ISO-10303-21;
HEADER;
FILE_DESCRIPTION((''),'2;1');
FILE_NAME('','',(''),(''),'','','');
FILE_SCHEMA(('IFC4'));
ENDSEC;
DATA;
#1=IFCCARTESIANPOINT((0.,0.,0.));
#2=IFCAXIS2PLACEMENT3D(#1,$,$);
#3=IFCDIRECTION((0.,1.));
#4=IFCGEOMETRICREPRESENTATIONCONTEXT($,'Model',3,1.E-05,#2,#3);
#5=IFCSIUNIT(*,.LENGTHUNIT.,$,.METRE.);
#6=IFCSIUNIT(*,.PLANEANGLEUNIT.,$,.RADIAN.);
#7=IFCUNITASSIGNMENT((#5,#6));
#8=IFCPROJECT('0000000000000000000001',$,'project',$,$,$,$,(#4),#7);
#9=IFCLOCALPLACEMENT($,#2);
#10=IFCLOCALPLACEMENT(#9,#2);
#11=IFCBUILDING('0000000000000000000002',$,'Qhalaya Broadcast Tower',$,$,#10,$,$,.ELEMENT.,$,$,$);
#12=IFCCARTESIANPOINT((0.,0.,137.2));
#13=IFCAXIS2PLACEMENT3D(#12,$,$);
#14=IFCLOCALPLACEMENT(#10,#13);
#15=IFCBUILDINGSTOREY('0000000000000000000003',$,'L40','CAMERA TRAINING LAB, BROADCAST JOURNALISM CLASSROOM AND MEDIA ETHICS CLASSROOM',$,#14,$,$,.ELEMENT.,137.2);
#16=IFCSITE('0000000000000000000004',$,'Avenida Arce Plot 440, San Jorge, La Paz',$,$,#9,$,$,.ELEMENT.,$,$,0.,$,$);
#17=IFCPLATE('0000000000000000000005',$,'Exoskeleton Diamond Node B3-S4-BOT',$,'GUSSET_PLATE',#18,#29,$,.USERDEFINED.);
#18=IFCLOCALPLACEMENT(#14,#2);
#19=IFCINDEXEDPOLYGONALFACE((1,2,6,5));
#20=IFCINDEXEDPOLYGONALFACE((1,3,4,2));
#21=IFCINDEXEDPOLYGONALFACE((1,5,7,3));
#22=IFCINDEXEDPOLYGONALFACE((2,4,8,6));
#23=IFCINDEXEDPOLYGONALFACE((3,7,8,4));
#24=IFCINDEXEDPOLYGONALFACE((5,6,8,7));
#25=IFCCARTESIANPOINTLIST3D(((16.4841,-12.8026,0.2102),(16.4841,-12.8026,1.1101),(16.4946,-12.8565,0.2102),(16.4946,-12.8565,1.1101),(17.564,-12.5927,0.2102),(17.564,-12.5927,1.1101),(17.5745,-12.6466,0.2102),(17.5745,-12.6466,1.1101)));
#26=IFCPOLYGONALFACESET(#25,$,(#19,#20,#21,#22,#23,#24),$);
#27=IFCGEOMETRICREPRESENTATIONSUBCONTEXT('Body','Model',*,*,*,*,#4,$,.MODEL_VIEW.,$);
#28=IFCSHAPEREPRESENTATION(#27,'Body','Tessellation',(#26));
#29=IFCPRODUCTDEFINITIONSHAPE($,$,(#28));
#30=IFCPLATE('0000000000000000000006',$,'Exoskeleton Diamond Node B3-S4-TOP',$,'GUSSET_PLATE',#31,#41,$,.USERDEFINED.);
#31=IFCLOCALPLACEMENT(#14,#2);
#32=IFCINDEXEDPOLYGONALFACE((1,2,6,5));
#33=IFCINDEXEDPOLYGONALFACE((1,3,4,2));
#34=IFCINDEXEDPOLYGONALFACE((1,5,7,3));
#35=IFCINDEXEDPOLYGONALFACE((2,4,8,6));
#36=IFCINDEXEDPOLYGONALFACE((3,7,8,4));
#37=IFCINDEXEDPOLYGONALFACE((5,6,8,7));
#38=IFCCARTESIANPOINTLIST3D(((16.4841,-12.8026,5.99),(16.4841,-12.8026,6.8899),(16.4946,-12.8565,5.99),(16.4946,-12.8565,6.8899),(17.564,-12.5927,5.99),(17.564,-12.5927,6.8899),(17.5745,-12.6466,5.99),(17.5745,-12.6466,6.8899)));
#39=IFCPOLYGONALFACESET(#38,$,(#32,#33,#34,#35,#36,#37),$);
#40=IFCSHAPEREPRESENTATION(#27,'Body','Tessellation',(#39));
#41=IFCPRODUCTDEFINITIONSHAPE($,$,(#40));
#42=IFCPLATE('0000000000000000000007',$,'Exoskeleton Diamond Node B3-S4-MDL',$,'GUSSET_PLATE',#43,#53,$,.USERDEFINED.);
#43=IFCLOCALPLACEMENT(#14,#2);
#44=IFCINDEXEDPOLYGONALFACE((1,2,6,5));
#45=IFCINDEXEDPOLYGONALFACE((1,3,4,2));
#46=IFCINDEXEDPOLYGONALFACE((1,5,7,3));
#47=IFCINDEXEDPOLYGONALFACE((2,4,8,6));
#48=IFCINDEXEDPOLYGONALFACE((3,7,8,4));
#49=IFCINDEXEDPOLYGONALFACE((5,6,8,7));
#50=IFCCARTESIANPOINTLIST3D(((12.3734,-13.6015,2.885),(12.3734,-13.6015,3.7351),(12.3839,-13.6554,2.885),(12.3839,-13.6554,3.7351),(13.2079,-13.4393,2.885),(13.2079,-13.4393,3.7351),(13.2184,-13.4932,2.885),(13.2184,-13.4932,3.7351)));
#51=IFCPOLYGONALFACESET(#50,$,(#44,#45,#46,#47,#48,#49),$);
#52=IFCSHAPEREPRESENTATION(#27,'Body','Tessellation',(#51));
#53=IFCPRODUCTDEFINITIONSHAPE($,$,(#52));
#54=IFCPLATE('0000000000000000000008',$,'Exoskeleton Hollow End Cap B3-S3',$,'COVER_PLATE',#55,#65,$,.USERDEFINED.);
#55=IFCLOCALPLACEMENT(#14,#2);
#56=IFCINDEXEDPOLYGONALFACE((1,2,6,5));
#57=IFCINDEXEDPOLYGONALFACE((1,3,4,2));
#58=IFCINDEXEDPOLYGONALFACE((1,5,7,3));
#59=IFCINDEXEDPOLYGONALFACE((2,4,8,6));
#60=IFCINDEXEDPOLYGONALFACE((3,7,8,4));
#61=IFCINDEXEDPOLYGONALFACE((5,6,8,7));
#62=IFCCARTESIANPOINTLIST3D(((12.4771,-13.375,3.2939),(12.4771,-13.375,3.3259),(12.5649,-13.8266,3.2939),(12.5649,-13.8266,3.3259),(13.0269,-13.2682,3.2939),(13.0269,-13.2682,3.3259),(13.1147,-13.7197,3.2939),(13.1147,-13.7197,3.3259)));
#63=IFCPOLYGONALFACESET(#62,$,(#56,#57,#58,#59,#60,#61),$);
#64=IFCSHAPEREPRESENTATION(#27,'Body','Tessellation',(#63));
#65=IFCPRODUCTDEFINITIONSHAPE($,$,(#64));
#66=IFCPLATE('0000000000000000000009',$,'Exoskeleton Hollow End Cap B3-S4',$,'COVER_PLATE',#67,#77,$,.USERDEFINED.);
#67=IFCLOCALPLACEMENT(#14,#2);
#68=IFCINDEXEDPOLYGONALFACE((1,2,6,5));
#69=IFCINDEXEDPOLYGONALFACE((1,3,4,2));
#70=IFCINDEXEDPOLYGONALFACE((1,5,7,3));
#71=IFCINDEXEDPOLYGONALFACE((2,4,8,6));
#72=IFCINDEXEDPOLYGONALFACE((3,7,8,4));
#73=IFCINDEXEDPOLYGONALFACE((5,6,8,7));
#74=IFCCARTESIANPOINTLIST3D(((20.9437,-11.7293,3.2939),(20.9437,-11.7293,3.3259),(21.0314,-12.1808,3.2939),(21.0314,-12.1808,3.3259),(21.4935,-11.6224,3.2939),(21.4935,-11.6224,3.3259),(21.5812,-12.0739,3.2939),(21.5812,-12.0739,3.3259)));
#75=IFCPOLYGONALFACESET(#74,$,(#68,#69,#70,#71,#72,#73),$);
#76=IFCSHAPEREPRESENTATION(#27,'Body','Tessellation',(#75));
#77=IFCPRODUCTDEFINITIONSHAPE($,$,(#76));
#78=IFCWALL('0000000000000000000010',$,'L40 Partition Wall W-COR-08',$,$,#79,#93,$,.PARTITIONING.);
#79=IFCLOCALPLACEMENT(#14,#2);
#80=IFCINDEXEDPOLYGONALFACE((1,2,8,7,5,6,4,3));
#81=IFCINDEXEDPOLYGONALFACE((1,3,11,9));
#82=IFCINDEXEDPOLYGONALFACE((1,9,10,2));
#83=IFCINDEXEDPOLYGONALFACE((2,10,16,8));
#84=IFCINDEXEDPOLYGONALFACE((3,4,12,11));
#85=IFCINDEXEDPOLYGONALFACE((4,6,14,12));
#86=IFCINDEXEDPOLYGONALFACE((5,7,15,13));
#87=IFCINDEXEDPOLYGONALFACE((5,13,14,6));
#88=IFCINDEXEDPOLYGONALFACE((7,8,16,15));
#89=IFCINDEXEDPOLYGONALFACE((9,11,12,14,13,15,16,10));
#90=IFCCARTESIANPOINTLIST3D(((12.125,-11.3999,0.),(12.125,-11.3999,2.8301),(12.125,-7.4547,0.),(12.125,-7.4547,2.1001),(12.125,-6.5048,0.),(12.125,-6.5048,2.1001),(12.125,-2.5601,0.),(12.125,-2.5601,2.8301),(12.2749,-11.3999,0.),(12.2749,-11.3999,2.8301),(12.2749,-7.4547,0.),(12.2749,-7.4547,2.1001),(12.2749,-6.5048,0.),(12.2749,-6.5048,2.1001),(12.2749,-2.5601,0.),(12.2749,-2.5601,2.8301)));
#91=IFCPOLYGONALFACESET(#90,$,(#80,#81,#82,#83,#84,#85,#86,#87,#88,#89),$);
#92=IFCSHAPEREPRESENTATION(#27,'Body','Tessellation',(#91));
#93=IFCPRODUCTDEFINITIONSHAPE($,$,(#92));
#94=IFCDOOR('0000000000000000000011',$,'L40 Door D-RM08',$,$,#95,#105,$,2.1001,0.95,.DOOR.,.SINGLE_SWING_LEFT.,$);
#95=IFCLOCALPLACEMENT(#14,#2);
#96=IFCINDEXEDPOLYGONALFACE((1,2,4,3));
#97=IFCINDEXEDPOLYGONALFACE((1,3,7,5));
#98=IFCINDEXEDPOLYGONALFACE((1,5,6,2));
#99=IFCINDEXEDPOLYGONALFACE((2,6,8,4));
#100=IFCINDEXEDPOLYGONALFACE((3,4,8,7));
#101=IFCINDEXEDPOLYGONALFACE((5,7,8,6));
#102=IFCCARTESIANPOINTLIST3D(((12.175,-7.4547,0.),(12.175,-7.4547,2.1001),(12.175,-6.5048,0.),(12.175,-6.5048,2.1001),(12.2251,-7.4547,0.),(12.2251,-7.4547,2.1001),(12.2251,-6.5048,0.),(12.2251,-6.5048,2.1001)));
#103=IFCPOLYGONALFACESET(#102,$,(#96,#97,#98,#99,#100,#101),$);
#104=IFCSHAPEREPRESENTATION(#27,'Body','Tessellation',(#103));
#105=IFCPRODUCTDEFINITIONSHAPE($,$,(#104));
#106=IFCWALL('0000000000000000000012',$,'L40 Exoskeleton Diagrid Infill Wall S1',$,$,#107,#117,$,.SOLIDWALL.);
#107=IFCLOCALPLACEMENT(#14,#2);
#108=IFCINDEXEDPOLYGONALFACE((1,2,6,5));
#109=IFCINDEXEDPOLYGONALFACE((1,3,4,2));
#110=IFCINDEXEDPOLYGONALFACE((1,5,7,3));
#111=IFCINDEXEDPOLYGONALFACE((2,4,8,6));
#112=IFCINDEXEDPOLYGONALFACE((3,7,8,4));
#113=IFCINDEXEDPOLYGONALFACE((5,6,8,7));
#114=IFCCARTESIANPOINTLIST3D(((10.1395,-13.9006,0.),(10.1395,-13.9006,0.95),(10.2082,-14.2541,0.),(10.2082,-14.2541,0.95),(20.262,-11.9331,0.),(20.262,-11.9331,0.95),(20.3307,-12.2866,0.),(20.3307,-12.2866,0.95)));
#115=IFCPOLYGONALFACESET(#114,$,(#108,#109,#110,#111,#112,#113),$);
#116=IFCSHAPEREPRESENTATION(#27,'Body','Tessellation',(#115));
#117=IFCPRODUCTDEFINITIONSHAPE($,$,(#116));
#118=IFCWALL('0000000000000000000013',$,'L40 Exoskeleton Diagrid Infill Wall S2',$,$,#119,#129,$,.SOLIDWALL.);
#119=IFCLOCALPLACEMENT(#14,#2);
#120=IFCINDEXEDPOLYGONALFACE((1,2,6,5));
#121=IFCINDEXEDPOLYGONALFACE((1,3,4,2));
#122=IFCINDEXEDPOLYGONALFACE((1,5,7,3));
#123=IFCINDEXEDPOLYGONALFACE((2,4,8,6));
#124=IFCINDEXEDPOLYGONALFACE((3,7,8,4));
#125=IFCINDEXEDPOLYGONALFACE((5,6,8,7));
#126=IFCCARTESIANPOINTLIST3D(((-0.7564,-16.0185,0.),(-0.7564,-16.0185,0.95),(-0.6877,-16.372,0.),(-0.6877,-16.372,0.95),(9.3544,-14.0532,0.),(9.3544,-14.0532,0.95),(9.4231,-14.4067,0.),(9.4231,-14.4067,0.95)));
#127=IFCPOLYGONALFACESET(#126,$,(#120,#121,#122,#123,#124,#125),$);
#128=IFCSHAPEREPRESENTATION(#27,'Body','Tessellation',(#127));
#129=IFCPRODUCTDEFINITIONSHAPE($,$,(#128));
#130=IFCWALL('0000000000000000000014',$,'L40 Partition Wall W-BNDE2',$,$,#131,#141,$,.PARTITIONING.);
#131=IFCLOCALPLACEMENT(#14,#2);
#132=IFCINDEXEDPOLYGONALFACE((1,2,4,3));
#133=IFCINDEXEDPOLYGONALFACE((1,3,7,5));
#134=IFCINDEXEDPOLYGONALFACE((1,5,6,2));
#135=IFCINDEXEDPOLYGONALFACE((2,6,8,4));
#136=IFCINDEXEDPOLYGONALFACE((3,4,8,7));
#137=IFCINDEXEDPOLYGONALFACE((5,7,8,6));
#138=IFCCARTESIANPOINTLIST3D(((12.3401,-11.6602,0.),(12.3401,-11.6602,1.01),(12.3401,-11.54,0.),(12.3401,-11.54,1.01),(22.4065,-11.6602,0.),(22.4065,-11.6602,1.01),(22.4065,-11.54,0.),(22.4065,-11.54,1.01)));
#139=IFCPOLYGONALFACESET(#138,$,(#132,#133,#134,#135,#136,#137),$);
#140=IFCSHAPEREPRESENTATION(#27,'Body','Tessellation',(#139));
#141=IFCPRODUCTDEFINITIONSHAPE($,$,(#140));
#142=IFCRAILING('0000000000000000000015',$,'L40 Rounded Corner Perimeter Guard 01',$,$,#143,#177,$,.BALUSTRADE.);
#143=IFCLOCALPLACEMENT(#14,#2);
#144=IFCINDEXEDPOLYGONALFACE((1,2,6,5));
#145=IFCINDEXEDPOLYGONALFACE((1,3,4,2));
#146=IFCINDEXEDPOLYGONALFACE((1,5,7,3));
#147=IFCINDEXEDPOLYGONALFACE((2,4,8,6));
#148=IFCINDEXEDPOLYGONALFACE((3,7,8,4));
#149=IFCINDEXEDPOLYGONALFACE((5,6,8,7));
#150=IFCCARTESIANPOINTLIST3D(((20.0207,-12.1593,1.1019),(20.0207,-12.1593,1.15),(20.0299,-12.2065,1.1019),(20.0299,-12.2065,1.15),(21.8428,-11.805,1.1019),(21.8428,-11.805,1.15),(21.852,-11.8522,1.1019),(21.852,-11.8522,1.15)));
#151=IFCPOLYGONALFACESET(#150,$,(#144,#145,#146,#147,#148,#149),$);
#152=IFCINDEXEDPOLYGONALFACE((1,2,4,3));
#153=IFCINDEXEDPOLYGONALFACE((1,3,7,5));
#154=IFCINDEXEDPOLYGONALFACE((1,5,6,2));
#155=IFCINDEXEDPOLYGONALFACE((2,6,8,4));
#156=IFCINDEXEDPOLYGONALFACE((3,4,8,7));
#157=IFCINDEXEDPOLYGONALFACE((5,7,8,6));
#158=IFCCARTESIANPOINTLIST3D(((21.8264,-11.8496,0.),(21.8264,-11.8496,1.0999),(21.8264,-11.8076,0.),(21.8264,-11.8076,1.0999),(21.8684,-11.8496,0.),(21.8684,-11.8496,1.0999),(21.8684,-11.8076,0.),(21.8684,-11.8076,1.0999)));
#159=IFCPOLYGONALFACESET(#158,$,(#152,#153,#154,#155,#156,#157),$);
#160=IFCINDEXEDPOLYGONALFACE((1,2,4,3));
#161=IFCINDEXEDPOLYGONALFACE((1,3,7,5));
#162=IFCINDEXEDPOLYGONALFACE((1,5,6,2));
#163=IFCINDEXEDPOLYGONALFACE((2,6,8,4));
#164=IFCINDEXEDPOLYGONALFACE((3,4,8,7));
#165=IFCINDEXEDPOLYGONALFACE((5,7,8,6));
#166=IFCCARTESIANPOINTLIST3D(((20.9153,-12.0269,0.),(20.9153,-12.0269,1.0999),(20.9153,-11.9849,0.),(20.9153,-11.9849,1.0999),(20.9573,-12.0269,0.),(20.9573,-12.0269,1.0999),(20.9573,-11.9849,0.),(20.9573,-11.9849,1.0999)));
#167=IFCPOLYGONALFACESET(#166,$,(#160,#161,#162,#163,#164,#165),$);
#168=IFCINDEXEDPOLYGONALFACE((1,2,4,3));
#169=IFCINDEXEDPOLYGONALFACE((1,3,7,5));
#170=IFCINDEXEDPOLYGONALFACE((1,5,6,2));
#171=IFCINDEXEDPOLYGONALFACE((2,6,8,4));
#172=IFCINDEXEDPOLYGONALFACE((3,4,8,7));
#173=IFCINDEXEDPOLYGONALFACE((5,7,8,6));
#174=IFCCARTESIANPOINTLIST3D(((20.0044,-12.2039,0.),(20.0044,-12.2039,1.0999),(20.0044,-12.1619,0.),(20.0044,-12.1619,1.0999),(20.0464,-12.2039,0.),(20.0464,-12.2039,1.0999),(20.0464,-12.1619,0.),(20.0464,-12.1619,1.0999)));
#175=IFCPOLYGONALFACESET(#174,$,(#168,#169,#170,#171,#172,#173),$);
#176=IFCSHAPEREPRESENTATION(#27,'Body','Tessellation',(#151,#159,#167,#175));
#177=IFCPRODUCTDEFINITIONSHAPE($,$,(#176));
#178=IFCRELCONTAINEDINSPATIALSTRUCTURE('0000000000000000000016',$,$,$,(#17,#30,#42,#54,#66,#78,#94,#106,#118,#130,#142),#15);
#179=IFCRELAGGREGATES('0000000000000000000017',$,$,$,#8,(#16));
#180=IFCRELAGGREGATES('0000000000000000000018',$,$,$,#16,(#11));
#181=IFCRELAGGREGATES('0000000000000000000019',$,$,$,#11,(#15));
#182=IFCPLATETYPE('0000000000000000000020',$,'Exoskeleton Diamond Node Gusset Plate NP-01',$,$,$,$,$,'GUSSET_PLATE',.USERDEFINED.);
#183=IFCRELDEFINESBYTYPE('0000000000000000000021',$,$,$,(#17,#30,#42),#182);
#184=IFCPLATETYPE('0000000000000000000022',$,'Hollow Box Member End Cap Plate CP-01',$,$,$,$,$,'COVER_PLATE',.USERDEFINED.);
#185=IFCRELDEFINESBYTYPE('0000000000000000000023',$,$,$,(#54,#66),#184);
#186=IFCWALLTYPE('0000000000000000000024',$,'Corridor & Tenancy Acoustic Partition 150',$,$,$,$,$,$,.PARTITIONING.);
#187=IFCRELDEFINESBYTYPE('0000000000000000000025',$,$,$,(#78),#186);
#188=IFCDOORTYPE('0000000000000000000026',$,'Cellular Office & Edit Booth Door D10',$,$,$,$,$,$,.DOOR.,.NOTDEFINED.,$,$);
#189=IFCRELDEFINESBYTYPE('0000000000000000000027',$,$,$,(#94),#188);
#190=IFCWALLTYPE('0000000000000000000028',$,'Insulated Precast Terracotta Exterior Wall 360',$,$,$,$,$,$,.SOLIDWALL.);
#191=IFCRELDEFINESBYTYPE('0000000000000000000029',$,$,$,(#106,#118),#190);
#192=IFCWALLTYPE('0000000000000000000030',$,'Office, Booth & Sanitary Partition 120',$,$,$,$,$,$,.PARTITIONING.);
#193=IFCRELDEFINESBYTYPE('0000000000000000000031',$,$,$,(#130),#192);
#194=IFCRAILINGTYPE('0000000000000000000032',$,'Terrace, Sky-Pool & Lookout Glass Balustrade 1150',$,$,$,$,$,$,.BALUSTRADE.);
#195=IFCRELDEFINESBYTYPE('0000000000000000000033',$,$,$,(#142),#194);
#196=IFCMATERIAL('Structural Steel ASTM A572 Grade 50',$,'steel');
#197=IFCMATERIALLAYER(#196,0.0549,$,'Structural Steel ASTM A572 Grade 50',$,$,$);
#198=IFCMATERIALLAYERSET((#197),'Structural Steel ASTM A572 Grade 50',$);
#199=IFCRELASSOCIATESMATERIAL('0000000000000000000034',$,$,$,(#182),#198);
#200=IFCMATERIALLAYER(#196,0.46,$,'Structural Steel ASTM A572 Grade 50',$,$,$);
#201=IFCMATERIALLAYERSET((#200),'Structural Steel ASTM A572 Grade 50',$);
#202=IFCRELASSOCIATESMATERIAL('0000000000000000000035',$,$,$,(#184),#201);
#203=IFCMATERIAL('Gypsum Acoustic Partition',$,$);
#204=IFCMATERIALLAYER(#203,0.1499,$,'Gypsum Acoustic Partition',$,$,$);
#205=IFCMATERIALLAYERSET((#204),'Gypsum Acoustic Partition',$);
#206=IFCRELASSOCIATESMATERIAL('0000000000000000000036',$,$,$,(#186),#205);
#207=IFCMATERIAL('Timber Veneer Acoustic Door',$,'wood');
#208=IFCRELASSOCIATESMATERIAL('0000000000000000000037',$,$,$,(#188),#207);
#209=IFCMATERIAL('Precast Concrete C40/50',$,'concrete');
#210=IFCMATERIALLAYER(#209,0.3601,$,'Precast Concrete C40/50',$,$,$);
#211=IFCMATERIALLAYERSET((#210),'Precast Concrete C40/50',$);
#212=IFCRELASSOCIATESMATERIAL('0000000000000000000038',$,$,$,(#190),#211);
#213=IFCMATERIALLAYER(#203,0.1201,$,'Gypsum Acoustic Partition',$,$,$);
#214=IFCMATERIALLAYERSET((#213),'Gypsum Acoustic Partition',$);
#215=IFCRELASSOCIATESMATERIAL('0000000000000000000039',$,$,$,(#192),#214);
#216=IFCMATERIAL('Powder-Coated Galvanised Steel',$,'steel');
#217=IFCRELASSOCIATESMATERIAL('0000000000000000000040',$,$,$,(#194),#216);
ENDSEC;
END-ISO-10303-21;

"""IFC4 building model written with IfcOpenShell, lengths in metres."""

from ifc_helpers import new_model, si_unit, direction, frame, frame_2d, origin, origin_2d, place, context, subcontext, project, spatial, rectangle, extrude, material, layer, layer_set, type_object, element, fill, save


model = new_model("IFC4")

# Units and contexts
model_context = context("Model", 3, precision=1e-05, world=origin(), true_north=direction((0.0, 1.0)))
body_context = subcontext(model_context, "Body", "Model", "MODEL_VIEW")
ifc_project = project(units=[si_unit("LENGTHUNIT", "METRE"), si_unit("PLANEANGLEUNIT", "RADIAN")], contexts=[model_context])

# Site, building, storey
site_placement = place(None, origin())
site = spatial("IfcSite", under=ifc_project, at=site_placement, Name="Avenida Arce Plot 440, San Jorge, La Paz", CompositionType="ELEMENT", RefElevation=0.0)
building_placement = place(site_placement, origin())
building = spatial("IfcBuilding", under=site, at=building_placement, Name="Qhalaya Broadcast Tower", CompositionType="ELEMENT")
storey_placement = place(building_placement, frame((0.0, 0.0, 137.2)))
storey = spatial("IfcBuildingStorey", under=building, at=storey_placement, Name="L40", Description="CAMERA TRAINING LAB, BROADCAST JOURNALISM CLASSROOM AND MEDIA ETHICS CLASSROOM", CompositionType="ELEMENT", Elevation=137.2)

# Shared definitions
ifc_material_1 = material(Name="Structural Steel ASTM A572 Grade 50", Category="steel")

# Plates
ifc_layer_1 = layer(ifc_material_1, 0.0549, Name="Structural Steel ASTM A572 Grade 50")
ifc_layer_set_1 = layer_set([ifc_layer_1], Name="Structural Steel ASTM A572 Grade 50")
plate_type_1 = type_object("IfcPlateType", Name="Exoskeleton Diamond Node Gusset Plate NP-01", ElementType="GUSSET_PLATE", PredefinedType="USERDEFINED", material=ifc_layer_set_1)
for number, where, z_axis, x_axis, name in (
    (1, (17.0293, -12.7246, 0.2102), (0.0, 0.0, 1.0), (0.981627, 0.190809, 0.0), "Exoskeleton Diamond Node B3-S4-BOT"),
    (2, (17.0293, -12.7246, 5.99), (0.0, 0.0, 1.0), (0.981627, 0.190809, 0.0), "Exoskeleton Diamond Node B3-S4-TOP"),
):
    element("IfcPlate", number, at=place(storey_placement, frame(where, z_axis=z_axis, x_axis=x_axis)), inside=storey, type_object=plate_type_1, Name=name, ObjectType="GUSSET_PLATE", PredefinedType="USERDEFINED", context=body_context, shape_type="SweptSolid", body=[
        extrude(rectangle(XDim=1.1001, YDim=0.0549, at=origin_2d()), origin(), (0.0, 0.0, 1.0), 0.8999),
    ])
plate_placement = place(storey_placement, frame((12.7959, -13.5474, 2.885), z_axis=(0.0, 0.0, 1.0), x_axis=(0.981627, 0.190809, 0.0)))
element("IfcPlate", 3, at=plate_placement, inside=storey, type_object=plate_type_1, Name="Exoskeleton Diamond Node B3-S4-MDL", ObjectType="GUSSET_PLATE", PredefinedType="USERDEFINED", context=body_context, shape_type="SweptSolid", body=[
    extrude(rectangle(XDim=0.8501, YDim=0.0549, at=origin_2d()), origin(), (0.0, 0.0, 1.0), 0.8501),
])
ifc_layer_2 = layer(ifc_material_1, 0.46, Name="Structural Steel ASTM A572 Grade 50")
ifc_layer_set_2 = layer_set([ifc_layer_2], Name="Structural Steel ASTM A572 Grade 50")
plate_type_2 = type_object("IfcPlateType", Name="Hollow Box Member End Cap Plate CP-01", ElementType="COVER_PLATE", PredefinedType="USERDEFINED", material=ifc_layer_set_2)
for number, where, z_axis, x_axis, name in (
    (4, (12.7959, -13.5474, 3.2939), (0.0, 0.0, 1.0), (0.981627, 0.190809, 0.0), "Exoskeleton Hollow End Cap B3-S3"),
    (5, (21.2625, -11.9016, 3.2939), (0.0, 0.0, 1.0), (0.981627, 0.190809, 0.0), "Exoskeleton Hollow End Cap B3-S4"),
):
    element("IfcPlate", number, at=place(storey_placement, frame(where, z_axis=z_axis, x_axis=x_axis)), inside=storey, type_object=plate_type_2, Name=name, ObjectType="COVER_PLATE", PredefinedType="USERDEFINED", context=body_context, shape_type="SweptSolid", body=[
        extrude(rectangle(XDim=0.5601, YDim=0.46, at=origin_2d()), origin(), (0.0, 0.0, 1.0), 0.032),
    ])

# Wall, opening, door
ifc_material_2 = material(Name="Gypsum Acoustic Partition")
ifc_layer_3 = layer(ifc_material_2, 0.1499, Name="Gypsum Acoustic Partition")
ifc_layer_set_3 = layer_set([ifc_layer_3], Name="Gypsum Acoustic Partition")
wall_type_1 = type_object("IfcWallType", Name="Corridor & Tenancy Acoustic Partition 150", PredefinedType="PARTITIONING", material=ifc_layer_set_3)
wall_1_placement = place(storey_placement, frame((12.2, -11.3999, 0.0), z_axis=(0.0, 0.0, 1.0), x_axis=(0.0, 1.0, 0.0)))
wall_1 = element("IfcWall", 6, at=wall_1_placement, inside=storey, type_object=wall_type_1, Name="L40 Partition Wall W-COR-08", PredefinedType="PARTITIONING", context=body_context, shape_type="SweptSolid", body=[
    extrude(rectangle(XDim=8.8398, YDim=0.1499, at=frame_2d((4.4199, 0.0))), origin(), (0.0, 0.0, 1.0), 2.8301),
])
opening_placement = place(wall_1_placement, frame((3.9451, 0.0, 0.0)))
opening = element("IfcOpeningElement", 7, at=opening_placement, cuts=wall_1, PredefinedType="OPENING", context=body_context, shape_type="SweptSolid", body=[
    extrude(rectangle(XDim=0.95, YDim=2.1001, at=frame_2d((0.4751, 1.05))), frame((0.0, 0.0869, 0.0), z_axis=(0.0, -1.0, 0.0), x_axis=(1.0, 0.0, 0.0)), (0.0, 0.0, 1.0), 0.1738),
])
ifc_material_3 = material(Name="Timber Veneer Acoustic Door", Category="wood")
door_type = type_object("IfcDoorType", Name="Cellular Office & Edit Booth Door D10", OperationType="NOTDEFINED", PredefinedType="DOOR", material=ifc_material_3)
door_placement = place(opening_placement, origin())
door = element("IfcDoor", 8, at=door_placement, inside=storey, type_object=door_type, Name="L40 Door D-RM08", OperationType="SINGLE_SWING_LEFT", OverallHeight=2.1001, OverallWidth=0.95, PredefinedType="DOOR", context=body_context, shape_type="SweptSolid", body=[
    extrude(rectangle(XDim=0.95, YDim=2.1001, at=frame_2d((0.4751, 1.05))), frame((0.0, 0.0249, 0.0), z_axis=(0.0, -1.0, 0.0), x_axis=(1.0, 0.0, 0.0)), (0.0, 0.0, 1.0), 0.05),
])
fill(opening, door)

# Walls
ifc_material_4 = material(Name="Precast Concrete C40/50", Category="concrete")
ifc_layer_4 = layer(ifc_material_4, 0.3601, Name="Precast Concrete C40/50")
ifc_layer_set_4 = layer_set([ifc_layer_4], Name="Precast Concrete C40/50")
wall_type_2 = type_object("IfcWallType", Name="Insulated Precast Terracotta Exterior Wall 360", PredefinedType="SOLIDWALL", material=ifc_layer_set_4)
wall_2_placement = place(storey_placement, frame((20.2964, -12.1099, 0.0), z_axis=(0.0, 0.0, 1.0), x_axis=(-0.981629, -0.1908, 0.0)))
element("IfcWall", 9, at=wall_2_placement, inside=storey, type_object=wall_type_2, Name="L40 Exoskeleton Diagrid Infill Wall S1", PredefinedType="SOLIDWALL", context=body_context, shape_type="SweptSolid", body=[
    extrude(rectangle(XDim=10.312, YDim=0.3601, at=frame_2d((5.156, 0.0))), origin(), (0.0, 0.0, 1.0), 0.95),
])
wall_3_placement = place(storey_placement, frame((9.3887, -14.23, 0.0), z_axis=(0.0, 0.0, 1.0), x_axis=(-0.981627, -0.190807, 0.0)))
element("IfcWall", 10, at=wall_3_placement, inside=storey, type_object=wall_type_2, Name="L40 Exoskeleton Diagrid Infill Wall S2", PredefinedType="SOLIDWALL", context=body_context, shape_type="SweptSolid", body=[
    extrude(rectangle(XDim=10.3, YDim=0.3601, at=frame_2d((5.1499, 0.0))), origin(), (0.0, 0.0, 1.0), 0.95),
])
ifc_layer_5 = layer(ifc_material_2, 0.1201, Name="Gypsum Acoustic Partition")
ifc_layer_set_5 = layer_set([ifc_layer_5], Name="Gypsum Acoustic Partition")
wall_type_3 = type_object("IfcWallType", Name="Office, Booth & Sanitary Partition 120", PredefinedType="PARTITIONING", material=ifc_layer_set_5)
wall_4_placement = place(storey_placement, frame((12.3401, -11.6001, 0.0), z_axis=(0.0, 0.0, 1.0), x_axis=(1.0, 0.0, 0.0)))
element("IfcWall", 11, at=wall_4_placement, inside=storey, type_object=wall_type_3, Name="L40 Partition Wall W-BNDE2", PredefinedType="PARTITIONING", context=body_context, shape_type="SweptSolid", body=[
    extrude(rectangle(XDim=10.0664, YDim=0.1201, at=frame_2d((5.0332, 0.0))), origin(), (0.0, 0.0, 1.0), 1.01),
])

# Railing
ifc_material_5 = material(Name="Powder-Coated Galvanised Steel", Category="steel")
railing_type = type_object("IfcRailingType", Name="Terrace, Sky-Pool & Lookout Glass Balustrade 1150", PredefinedType="BALUSTRADE", material=ifc_material_5)
railing_placement = place(storey_placement, frame((21.8474, -11.8286, 0.0)))
element("IfcRailing", 12, at=railing_placement, inside=storey, type_object=railing_type, Name="L40 Rounded Corner Perimeter Guard 01", PredefinedType="BALUSTRADE", context=body_context, shape_type="SweptSolid", body=[
    extrude(rectangle(XDim=0.0481, YDim=0.0481, at=origin_2d()), frame((0.0, 0.0, 1.126), z_axis=(-0.981619, -0.190852, 0.0), x_axis=(0.190852, -0.981619, 0.0)), (0.0, 0.0, 1.0), 1.8562),
    extrude(rectangle(XDim=0.042, YDim=0.042, at=origin_2d()), origin(), (0.0, 0.0, 1.0), 1.0999),
    extrude(rectangle(XDim=0.042, YDim=0.042, at=origin_2d()), frame((-0.9111, -0.1772, 0.0)), (0.0, 0.0, 1.0), 1.0999),
    extrude(rectangle(XDim=0.042, YDim=0.042, at=origin_2d()), frame((-1.822, -0.3542, 0.0)), (0.0, 0.0, 1.0), 1.0999),
])

save(model, "model.ifc")
